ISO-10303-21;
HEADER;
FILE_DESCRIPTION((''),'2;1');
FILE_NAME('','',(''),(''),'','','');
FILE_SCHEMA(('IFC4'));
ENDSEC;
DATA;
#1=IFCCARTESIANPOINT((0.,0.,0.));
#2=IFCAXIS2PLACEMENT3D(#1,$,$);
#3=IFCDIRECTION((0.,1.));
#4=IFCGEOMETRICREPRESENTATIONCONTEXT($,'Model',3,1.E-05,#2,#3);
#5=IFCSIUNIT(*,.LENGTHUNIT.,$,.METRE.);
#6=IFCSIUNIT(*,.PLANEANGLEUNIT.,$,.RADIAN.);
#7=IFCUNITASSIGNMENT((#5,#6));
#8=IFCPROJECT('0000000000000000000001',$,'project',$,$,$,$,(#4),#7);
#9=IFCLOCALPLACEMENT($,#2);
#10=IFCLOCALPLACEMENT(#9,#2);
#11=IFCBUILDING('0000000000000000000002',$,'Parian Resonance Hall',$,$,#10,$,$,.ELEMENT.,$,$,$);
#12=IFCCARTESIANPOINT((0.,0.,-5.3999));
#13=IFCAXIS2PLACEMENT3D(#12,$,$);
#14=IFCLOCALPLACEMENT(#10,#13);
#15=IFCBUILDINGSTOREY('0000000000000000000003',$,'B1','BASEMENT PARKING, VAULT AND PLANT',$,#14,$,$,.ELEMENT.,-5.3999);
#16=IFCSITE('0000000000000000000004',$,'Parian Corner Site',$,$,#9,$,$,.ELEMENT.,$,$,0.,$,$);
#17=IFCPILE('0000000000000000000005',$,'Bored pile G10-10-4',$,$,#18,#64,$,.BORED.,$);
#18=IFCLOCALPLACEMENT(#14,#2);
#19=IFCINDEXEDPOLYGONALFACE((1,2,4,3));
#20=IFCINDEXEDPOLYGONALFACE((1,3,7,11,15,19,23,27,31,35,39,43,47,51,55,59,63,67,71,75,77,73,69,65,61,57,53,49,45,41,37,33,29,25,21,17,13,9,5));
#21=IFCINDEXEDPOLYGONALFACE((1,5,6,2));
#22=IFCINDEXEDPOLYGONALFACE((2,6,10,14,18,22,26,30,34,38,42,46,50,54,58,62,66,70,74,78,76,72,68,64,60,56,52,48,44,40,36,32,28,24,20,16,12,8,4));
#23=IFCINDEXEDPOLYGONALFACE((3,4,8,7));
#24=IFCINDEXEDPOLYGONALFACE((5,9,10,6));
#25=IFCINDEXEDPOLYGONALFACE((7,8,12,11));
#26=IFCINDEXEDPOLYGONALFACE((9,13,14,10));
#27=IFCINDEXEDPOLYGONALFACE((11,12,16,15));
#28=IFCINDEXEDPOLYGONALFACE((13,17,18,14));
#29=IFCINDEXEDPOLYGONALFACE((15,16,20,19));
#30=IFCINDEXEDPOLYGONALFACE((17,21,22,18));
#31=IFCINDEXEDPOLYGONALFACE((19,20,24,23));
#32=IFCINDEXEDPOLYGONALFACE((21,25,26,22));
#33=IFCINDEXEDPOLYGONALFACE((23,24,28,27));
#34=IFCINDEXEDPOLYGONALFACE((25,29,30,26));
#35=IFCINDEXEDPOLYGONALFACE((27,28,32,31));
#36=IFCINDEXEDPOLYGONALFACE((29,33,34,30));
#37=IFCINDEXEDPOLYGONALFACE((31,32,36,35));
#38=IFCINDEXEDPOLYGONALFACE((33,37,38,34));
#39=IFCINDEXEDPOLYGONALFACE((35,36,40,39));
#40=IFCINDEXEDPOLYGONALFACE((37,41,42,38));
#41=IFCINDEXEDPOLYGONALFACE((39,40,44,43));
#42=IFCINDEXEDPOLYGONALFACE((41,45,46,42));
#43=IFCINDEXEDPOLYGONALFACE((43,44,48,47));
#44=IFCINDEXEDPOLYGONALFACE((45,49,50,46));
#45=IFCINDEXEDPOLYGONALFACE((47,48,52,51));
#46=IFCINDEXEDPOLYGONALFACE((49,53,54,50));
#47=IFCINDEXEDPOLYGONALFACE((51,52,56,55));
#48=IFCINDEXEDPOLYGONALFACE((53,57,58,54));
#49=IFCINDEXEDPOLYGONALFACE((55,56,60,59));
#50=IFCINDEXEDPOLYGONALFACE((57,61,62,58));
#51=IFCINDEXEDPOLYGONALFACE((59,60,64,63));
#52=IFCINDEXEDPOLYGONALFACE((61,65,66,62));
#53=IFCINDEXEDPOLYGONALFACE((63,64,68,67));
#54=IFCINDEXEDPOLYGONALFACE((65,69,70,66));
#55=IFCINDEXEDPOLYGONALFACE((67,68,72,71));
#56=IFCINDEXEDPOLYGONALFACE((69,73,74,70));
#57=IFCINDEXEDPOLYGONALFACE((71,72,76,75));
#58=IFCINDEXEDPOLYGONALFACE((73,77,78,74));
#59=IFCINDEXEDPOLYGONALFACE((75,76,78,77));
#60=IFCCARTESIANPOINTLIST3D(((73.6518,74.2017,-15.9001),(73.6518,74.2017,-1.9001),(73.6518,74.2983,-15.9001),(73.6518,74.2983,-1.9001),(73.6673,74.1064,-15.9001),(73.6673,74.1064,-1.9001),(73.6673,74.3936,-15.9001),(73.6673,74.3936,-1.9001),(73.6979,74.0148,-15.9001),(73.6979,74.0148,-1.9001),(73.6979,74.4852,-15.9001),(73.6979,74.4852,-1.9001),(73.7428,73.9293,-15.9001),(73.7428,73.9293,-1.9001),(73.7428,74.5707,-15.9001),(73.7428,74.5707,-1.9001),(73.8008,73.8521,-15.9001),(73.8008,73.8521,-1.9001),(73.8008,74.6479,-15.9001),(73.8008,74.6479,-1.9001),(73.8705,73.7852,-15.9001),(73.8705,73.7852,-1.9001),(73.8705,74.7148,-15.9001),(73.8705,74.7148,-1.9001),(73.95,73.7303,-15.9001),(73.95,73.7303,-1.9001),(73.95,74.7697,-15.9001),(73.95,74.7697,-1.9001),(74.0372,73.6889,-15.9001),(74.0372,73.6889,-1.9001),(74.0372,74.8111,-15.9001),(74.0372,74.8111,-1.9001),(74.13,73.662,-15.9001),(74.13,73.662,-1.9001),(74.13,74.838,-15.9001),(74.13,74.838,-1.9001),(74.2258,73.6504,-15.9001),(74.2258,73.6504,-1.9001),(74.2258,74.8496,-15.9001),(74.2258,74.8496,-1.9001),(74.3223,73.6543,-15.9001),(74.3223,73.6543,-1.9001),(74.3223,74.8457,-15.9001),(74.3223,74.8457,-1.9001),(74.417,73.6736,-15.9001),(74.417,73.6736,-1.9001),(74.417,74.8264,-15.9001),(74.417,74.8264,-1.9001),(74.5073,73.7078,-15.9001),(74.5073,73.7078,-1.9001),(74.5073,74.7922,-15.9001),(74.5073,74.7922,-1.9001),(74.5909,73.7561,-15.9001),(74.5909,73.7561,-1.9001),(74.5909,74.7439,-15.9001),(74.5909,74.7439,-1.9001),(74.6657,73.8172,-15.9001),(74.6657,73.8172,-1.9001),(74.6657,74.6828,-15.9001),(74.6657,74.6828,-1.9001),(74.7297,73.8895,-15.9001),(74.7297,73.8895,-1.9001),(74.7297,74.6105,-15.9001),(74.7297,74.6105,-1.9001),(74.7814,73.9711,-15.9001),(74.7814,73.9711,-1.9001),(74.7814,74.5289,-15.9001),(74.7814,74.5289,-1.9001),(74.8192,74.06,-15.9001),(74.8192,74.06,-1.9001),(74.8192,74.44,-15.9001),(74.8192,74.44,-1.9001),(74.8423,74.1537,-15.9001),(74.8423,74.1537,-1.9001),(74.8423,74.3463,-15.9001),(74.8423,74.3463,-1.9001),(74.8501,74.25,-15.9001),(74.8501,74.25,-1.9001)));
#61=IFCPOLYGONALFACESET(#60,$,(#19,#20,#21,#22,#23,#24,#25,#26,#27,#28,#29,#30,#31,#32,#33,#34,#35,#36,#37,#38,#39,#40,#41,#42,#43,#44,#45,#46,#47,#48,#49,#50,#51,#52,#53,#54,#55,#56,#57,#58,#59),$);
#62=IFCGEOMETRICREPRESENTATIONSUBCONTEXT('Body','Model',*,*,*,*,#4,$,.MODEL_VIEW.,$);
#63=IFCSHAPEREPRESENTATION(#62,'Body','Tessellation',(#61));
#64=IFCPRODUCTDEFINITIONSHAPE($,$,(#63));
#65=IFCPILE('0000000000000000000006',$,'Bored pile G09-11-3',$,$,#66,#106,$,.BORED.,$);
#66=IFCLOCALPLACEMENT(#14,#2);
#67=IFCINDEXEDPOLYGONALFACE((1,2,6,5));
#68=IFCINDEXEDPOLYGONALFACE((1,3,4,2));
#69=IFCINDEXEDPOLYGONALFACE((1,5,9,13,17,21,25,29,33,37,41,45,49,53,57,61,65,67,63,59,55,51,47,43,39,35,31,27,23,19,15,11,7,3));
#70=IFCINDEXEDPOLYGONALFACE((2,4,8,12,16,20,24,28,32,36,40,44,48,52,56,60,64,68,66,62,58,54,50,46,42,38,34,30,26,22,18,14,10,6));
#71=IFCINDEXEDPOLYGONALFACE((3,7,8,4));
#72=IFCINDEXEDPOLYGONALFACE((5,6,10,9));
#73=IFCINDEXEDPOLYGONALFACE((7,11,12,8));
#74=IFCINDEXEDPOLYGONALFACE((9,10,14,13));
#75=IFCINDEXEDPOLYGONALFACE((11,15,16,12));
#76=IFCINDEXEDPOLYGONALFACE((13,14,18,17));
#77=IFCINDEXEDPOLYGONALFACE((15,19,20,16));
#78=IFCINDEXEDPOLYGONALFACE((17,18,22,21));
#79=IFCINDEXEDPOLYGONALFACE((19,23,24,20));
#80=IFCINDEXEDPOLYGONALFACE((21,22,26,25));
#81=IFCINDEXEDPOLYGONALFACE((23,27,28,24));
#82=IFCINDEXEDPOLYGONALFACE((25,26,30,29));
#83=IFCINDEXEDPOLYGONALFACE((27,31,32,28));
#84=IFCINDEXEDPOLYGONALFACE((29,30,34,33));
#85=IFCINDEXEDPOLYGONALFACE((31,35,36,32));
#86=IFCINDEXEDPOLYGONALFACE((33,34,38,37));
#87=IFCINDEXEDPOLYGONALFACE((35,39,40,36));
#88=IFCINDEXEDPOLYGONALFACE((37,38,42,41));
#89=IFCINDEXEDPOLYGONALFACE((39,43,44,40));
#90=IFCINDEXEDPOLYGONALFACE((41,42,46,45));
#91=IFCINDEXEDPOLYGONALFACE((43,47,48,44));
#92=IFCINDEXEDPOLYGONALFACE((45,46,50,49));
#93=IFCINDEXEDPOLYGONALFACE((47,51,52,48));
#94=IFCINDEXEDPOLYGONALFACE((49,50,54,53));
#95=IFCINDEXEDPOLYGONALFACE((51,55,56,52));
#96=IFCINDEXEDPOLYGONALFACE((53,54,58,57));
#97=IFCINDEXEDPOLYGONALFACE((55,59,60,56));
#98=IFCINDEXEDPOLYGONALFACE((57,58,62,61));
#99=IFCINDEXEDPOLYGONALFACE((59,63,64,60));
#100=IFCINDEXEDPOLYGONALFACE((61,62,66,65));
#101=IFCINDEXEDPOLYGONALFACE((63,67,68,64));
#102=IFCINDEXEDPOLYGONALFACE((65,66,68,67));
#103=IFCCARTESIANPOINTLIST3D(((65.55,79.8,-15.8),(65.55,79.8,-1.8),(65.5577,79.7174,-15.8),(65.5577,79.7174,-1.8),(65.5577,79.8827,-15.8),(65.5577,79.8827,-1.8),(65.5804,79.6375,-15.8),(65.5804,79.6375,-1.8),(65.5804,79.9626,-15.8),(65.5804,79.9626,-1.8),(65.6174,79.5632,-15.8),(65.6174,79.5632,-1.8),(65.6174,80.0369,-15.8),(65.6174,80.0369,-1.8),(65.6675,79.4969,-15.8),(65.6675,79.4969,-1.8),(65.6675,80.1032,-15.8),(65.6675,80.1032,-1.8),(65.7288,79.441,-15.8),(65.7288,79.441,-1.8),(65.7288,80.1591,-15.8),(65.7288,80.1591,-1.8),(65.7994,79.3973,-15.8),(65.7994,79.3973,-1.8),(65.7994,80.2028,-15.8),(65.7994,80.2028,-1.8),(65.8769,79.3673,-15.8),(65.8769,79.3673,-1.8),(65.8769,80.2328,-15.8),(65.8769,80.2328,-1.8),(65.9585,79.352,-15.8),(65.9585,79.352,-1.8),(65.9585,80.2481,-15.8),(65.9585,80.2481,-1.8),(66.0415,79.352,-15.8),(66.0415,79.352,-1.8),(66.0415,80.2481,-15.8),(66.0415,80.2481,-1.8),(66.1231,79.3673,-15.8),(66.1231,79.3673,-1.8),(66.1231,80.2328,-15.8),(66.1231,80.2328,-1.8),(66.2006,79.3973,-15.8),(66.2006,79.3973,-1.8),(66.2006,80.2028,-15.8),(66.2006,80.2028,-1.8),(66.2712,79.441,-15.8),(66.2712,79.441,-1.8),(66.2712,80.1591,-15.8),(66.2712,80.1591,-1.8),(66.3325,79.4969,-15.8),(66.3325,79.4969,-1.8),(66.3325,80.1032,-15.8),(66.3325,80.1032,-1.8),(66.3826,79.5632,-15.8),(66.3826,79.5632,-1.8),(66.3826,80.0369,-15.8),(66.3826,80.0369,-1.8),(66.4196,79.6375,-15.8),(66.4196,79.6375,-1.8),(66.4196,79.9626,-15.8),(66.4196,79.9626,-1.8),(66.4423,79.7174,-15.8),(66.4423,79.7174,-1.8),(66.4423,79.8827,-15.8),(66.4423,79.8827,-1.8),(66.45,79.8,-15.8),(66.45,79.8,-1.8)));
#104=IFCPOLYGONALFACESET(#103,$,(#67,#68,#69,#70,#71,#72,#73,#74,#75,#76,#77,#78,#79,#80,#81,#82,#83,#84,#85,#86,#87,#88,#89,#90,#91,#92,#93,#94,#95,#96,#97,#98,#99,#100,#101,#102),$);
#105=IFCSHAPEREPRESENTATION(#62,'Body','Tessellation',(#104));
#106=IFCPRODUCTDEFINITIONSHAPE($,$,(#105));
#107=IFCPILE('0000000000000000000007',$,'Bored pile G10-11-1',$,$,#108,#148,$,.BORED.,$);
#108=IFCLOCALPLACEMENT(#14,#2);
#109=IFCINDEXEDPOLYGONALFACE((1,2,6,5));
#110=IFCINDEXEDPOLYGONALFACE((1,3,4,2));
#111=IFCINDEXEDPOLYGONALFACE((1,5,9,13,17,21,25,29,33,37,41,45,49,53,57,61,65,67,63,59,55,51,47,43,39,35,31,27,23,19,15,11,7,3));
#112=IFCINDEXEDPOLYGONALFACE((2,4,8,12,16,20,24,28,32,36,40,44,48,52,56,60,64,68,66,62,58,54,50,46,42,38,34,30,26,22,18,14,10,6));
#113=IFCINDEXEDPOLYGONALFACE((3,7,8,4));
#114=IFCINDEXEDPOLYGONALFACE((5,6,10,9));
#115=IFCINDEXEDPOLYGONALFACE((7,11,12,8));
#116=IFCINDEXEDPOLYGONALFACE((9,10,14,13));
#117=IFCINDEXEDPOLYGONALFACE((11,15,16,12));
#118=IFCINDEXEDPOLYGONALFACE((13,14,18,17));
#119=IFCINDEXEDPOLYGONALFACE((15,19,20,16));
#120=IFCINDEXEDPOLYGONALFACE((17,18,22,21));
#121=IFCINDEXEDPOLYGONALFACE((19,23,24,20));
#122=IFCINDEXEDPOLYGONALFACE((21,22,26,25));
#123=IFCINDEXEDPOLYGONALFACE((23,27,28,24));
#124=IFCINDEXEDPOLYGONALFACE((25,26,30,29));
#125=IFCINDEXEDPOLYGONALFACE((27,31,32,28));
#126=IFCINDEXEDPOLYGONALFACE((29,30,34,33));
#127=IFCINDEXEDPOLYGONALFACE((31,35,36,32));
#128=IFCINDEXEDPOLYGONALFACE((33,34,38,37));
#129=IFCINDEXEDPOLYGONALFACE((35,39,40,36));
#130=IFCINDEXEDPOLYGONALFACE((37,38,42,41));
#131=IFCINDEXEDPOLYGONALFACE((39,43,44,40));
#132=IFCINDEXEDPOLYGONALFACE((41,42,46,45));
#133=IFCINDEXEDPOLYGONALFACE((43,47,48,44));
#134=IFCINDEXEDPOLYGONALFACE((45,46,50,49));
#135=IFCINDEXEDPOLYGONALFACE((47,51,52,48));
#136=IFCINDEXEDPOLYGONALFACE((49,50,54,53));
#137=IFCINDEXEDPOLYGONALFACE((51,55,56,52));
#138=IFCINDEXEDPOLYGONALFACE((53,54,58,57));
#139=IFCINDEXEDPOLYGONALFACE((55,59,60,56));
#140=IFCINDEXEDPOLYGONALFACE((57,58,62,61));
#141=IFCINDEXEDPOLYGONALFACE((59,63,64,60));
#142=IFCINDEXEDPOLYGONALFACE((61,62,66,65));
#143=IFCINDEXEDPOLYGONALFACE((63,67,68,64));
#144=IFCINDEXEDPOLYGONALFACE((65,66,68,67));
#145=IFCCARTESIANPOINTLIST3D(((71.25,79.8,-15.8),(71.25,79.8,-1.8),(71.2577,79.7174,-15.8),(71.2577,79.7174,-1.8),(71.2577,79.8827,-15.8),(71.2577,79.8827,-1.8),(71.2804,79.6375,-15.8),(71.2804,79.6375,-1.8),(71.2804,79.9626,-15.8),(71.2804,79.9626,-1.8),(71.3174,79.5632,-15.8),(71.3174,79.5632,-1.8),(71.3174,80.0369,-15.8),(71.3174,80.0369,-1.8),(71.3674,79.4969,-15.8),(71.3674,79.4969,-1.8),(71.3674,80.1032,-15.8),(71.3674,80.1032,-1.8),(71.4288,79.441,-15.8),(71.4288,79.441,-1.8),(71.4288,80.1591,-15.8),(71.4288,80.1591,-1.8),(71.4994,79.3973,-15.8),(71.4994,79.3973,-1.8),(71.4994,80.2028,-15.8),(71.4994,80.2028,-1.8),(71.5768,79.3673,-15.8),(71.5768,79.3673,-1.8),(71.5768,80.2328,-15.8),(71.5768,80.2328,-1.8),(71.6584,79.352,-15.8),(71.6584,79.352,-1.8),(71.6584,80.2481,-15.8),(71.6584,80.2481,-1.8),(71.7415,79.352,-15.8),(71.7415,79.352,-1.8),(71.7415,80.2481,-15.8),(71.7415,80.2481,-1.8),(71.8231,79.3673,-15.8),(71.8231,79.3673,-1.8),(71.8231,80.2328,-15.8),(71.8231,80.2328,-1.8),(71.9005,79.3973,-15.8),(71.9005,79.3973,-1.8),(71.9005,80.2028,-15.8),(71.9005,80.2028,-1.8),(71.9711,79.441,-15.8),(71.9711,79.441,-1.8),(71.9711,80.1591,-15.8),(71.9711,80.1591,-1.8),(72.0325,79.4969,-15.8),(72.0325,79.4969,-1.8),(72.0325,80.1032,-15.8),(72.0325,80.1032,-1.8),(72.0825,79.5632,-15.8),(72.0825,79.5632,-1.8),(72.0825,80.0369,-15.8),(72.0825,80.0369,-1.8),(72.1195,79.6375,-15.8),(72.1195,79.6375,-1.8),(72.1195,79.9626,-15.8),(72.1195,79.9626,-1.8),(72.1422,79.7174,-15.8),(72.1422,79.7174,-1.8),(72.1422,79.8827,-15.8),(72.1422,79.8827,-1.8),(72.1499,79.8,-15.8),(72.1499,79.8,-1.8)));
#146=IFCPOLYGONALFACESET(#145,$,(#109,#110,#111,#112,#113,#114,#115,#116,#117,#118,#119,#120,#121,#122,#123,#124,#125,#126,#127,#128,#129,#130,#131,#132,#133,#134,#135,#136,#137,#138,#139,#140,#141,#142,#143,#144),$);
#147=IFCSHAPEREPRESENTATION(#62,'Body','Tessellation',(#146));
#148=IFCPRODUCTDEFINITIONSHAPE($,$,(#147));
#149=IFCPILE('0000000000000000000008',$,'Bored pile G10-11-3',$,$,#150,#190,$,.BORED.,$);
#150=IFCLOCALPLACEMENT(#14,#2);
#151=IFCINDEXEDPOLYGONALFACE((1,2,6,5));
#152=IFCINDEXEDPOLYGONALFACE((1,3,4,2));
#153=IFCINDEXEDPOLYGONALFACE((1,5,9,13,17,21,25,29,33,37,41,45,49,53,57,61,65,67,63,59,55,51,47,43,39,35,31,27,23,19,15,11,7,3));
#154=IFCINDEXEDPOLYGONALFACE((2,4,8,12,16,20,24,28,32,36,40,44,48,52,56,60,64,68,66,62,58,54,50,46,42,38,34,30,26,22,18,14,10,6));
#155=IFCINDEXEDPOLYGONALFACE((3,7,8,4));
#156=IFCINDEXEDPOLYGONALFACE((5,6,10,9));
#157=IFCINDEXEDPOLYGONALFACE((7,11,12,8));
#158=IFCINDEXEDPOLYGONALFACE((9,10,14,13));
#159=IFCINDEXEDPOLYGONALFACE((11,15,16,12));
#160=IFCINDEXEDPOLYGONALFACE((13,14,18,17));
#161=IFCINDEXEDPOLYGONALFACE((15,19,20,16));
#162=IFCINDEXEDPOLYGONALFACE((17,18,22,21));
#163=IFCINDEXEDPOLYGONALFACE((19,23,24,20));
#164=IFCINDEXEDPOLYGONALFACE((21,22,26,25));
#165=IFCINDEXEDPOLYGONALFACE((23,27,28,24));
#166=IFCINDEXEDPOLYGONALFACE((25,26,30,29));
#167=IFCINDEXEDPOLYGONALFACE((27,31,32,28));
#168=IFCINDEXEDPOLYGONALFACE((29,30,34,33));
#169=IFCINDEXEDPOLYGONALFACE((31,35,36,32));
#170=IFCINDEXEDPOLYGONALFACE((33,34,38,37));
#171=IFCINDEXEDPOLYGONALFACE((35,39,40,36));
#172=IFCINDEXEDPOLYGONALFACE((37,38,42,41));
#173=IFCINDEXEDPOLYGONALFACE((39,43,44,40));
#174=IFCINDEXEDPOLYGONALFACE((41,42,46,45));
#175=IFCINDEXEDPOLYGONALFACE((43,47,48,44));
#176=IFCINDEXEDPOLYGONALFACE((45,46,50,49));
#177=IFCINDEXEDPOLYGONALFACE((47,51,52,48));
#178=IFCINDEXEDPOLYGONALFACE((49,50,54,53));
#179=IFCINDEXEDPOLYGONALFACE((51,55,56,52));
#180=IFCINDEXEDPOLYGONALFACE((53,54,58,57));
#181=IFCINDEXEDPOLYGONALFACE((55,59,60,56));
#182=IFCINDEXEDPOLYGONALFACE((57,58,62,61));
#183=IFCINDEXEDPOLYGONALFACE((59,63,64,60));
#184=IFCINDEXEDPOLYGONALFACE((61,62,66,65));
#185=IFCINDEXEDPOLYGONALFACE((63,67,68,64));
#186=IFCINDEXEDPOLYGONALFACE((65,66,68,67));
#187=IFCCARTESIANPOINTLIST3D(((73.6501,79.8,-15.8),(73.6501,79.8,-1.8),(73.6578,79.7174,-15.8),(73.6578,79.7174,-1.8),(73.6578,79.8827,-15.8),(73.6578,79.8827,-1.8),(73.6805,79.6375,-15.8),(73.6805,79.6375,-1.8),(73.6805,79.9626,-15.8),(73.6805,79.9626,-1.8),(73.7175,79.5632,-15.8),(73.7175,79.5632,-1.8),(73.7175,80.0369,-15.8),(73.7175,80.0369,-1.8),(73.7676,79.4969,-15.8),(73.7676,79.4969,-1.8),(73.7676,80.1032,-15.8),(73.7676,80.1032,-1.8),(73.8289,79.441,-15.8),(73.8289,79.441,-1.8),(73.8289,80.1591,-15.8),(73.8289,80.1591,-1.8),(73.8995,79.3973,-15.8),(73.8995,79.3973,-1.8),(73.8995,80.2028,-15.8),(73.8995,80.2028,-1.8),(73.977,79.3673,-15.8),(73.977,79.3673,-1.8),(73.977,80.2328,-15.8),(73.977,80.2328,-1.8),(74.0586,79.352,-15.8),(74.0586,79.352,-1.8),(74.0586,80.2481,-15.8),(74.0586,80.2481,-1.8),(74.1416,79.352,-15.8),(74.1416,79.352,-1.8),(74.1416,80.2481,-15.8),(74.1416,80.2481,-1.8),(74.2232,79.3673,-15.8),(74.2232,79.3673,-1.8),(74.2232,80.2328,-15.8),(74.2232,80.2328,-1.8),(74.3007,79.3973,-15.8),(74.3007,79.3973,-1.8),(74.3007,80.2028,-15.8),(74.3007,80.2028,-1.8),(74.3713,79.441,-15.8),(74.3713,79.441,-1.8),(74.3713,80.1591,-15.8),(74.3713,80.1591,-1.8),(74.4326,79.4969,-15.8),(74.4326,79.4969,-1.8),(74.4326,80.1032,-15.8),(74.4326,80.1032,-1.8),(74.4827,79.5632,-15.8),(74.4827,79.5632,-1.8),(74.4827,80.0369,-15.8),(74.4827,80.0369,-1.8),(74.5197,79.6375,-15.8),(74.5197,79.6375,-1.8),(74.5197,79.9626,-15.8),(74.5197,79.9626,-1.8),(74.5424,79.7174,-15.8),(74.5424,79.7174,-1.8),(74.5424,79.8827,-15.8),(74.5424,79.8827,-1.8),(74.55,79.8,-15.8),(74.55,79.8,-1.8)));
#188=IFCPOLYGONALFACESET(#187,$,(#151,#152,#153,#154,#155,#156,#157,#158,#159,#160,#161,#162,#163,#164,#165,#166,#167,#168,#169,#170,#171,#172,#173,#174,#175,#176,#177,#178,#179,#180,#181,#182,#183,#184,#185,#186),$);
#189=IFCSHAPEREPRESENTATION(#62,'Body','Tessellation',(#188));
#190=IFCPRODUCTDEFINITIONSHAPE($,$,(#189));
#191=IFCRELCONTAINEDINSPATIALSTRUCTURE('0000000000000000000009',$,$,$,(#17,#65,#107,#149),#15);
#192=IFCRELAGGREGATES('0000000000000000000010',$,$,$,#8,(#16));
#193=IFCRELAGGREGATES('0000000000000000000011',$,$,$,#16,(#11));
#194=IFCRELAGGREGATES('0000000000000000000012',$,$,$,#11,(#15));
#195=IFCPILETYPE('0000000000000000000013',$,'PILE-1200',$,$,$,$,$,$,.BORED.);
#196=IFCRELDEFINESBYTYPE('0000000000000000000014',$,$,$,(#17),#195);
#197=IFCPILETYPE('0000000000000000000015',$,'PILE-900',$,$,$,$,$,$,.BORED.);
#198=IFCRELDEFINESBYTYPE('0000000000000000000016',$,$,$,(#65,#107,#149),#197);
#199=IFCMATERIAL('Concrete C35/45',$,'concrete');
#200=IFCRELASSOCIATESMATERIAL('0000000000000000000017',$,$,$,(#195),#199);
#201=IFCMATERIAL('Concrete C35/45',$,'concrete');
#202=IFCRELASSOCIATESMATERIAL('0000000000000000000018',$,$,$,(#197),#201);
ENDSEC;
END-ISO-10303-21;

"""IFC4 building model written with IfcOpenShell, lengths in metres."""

from ifc_helpers import new_model, si_unit, direction, frame, origin, origin_2d, place, context, subcontext, project, spatial, circle, extrude, material, material_profile, profile_set, type_object, element, save


model = new_model("IFC4")

# Units and contexts
model_context = context("Model", 3, precision=1e-05, world=origin(), true_north=direction((0.0, 1.0)))
body_context = subcontext(model_context, "Body", "Model", "MODEL_VIEW")
ifc_project = project(units=[si_unit("LENGTHUNIT", "METRE"), si_unit("PLANEANGLEUNIT", "RADIAN")], contexts=[model_context])

# Site, building, storey
site_placement = place(None, origin())
site = spatial("IfcSite", under=ifc_project, at=site_placement, Name="Parian Corner Site", CompositionType="ELEMENT", RefElevation=0.0)
building_placement = place(site_placement, origin())
building = spatial("IfcBuilding", under=site, at=building_placement, Name="Parian Resonance Hall", CompositionType="ELEMENT")
storey_placement = place(building_placement, frame((0.0, 0.0, -5.3999)))
storey = spatial("IfcBuildingStorey", under=building, at=storey_placement, Name="B1", Description="BASEMENT PARKING, VAULT AND PLANT", CompositionType="ELEMENT", Elevation=-5.3999)

# Piles
ifc_material_1 = material(Name="Concrete C35/45", Category="concrete")
ifc_material_profile_1 = material_profile(ifc_material_1, circle(Radius=0.6001, at=origin_2d()), Name="PILE-D1200")
ifc_profile_set_1 = profile_set([ifc_material_profile_1], Name="Concrete C35/45")
pile_type_1 = type_object("IfcPileType", Name="PILE-1200", PredefinedType="BORED", material=ifc_profile_set_1)
for number, where, z_axis, x_axis, name in (
    (1, (74.25, 74.25, -1.9001), (0.0, 0.0, -1.0), (1.0, 0.0, 0.0), "Bored pile G10-10-4"),
):
    element("IfcPile", number, at=place(storey_placement, frame(where, z_axis=z_axis, x_axis=x_axis)), inside=storey, type_object=pile_type_1, Name=name, PredefinedType="BORED", context=body_context, shape_type="SweptSolid", body=[
        extrude(circle(Radius=0.6001, at=origin_2d()), origin(), (0.0, 0.0, 1.0), 14.0),
    ])
ifc_material_2 = material(Name="Concrete C35/45", Category="concrete")
ifc_material_profile_2 = material_profile(ifc_material_2, circle(Radius=0.45, at=origin_2d()), Name="PILE-D900")
ifc_profile_set_2 = profile_set([ifc_material_profile_2], Name="Concrete C35/45")
pile_type_2 = type_object("IfcPileType", Name="PILE-900", PredefinedType="BORED", material=ifc_profile_set_2)
for number, where, z_axis, x_axis, name in (
    (2, (66.0, 79.8, -1.8), (0.0, 0.0, -1.0), (1.0, 0.0, 0.0), "Bored pile G09-11-3"),
    (3, (71.7, 79.8, -1.8), (0.0, 0.0, -1.0), (1.0, 0.0, 0.0), "Bored pile G10-11-1"),
    (4, (74.1001, 79.8, -1.8), (0.0, 0.0, -1.0), (1.0, 0.0, 0.0), "Bored pile G10-11-3"),
):
    element("IfcPile", number, at=place(storey_placement, frame(where, z_axis=z_axis, x_axis=x_axis)), inside=storey, type_object=pile_type_2, Name=name, PredefinedType="BORED", context=body_context, shape_type="SweptSolid", body=[
        extrude(circle(Radius=0.45, at=origin_2d()), origin(), (0.0, 0.0, 1.0), 14.0),
    ])

save(model, "model.ifc")
